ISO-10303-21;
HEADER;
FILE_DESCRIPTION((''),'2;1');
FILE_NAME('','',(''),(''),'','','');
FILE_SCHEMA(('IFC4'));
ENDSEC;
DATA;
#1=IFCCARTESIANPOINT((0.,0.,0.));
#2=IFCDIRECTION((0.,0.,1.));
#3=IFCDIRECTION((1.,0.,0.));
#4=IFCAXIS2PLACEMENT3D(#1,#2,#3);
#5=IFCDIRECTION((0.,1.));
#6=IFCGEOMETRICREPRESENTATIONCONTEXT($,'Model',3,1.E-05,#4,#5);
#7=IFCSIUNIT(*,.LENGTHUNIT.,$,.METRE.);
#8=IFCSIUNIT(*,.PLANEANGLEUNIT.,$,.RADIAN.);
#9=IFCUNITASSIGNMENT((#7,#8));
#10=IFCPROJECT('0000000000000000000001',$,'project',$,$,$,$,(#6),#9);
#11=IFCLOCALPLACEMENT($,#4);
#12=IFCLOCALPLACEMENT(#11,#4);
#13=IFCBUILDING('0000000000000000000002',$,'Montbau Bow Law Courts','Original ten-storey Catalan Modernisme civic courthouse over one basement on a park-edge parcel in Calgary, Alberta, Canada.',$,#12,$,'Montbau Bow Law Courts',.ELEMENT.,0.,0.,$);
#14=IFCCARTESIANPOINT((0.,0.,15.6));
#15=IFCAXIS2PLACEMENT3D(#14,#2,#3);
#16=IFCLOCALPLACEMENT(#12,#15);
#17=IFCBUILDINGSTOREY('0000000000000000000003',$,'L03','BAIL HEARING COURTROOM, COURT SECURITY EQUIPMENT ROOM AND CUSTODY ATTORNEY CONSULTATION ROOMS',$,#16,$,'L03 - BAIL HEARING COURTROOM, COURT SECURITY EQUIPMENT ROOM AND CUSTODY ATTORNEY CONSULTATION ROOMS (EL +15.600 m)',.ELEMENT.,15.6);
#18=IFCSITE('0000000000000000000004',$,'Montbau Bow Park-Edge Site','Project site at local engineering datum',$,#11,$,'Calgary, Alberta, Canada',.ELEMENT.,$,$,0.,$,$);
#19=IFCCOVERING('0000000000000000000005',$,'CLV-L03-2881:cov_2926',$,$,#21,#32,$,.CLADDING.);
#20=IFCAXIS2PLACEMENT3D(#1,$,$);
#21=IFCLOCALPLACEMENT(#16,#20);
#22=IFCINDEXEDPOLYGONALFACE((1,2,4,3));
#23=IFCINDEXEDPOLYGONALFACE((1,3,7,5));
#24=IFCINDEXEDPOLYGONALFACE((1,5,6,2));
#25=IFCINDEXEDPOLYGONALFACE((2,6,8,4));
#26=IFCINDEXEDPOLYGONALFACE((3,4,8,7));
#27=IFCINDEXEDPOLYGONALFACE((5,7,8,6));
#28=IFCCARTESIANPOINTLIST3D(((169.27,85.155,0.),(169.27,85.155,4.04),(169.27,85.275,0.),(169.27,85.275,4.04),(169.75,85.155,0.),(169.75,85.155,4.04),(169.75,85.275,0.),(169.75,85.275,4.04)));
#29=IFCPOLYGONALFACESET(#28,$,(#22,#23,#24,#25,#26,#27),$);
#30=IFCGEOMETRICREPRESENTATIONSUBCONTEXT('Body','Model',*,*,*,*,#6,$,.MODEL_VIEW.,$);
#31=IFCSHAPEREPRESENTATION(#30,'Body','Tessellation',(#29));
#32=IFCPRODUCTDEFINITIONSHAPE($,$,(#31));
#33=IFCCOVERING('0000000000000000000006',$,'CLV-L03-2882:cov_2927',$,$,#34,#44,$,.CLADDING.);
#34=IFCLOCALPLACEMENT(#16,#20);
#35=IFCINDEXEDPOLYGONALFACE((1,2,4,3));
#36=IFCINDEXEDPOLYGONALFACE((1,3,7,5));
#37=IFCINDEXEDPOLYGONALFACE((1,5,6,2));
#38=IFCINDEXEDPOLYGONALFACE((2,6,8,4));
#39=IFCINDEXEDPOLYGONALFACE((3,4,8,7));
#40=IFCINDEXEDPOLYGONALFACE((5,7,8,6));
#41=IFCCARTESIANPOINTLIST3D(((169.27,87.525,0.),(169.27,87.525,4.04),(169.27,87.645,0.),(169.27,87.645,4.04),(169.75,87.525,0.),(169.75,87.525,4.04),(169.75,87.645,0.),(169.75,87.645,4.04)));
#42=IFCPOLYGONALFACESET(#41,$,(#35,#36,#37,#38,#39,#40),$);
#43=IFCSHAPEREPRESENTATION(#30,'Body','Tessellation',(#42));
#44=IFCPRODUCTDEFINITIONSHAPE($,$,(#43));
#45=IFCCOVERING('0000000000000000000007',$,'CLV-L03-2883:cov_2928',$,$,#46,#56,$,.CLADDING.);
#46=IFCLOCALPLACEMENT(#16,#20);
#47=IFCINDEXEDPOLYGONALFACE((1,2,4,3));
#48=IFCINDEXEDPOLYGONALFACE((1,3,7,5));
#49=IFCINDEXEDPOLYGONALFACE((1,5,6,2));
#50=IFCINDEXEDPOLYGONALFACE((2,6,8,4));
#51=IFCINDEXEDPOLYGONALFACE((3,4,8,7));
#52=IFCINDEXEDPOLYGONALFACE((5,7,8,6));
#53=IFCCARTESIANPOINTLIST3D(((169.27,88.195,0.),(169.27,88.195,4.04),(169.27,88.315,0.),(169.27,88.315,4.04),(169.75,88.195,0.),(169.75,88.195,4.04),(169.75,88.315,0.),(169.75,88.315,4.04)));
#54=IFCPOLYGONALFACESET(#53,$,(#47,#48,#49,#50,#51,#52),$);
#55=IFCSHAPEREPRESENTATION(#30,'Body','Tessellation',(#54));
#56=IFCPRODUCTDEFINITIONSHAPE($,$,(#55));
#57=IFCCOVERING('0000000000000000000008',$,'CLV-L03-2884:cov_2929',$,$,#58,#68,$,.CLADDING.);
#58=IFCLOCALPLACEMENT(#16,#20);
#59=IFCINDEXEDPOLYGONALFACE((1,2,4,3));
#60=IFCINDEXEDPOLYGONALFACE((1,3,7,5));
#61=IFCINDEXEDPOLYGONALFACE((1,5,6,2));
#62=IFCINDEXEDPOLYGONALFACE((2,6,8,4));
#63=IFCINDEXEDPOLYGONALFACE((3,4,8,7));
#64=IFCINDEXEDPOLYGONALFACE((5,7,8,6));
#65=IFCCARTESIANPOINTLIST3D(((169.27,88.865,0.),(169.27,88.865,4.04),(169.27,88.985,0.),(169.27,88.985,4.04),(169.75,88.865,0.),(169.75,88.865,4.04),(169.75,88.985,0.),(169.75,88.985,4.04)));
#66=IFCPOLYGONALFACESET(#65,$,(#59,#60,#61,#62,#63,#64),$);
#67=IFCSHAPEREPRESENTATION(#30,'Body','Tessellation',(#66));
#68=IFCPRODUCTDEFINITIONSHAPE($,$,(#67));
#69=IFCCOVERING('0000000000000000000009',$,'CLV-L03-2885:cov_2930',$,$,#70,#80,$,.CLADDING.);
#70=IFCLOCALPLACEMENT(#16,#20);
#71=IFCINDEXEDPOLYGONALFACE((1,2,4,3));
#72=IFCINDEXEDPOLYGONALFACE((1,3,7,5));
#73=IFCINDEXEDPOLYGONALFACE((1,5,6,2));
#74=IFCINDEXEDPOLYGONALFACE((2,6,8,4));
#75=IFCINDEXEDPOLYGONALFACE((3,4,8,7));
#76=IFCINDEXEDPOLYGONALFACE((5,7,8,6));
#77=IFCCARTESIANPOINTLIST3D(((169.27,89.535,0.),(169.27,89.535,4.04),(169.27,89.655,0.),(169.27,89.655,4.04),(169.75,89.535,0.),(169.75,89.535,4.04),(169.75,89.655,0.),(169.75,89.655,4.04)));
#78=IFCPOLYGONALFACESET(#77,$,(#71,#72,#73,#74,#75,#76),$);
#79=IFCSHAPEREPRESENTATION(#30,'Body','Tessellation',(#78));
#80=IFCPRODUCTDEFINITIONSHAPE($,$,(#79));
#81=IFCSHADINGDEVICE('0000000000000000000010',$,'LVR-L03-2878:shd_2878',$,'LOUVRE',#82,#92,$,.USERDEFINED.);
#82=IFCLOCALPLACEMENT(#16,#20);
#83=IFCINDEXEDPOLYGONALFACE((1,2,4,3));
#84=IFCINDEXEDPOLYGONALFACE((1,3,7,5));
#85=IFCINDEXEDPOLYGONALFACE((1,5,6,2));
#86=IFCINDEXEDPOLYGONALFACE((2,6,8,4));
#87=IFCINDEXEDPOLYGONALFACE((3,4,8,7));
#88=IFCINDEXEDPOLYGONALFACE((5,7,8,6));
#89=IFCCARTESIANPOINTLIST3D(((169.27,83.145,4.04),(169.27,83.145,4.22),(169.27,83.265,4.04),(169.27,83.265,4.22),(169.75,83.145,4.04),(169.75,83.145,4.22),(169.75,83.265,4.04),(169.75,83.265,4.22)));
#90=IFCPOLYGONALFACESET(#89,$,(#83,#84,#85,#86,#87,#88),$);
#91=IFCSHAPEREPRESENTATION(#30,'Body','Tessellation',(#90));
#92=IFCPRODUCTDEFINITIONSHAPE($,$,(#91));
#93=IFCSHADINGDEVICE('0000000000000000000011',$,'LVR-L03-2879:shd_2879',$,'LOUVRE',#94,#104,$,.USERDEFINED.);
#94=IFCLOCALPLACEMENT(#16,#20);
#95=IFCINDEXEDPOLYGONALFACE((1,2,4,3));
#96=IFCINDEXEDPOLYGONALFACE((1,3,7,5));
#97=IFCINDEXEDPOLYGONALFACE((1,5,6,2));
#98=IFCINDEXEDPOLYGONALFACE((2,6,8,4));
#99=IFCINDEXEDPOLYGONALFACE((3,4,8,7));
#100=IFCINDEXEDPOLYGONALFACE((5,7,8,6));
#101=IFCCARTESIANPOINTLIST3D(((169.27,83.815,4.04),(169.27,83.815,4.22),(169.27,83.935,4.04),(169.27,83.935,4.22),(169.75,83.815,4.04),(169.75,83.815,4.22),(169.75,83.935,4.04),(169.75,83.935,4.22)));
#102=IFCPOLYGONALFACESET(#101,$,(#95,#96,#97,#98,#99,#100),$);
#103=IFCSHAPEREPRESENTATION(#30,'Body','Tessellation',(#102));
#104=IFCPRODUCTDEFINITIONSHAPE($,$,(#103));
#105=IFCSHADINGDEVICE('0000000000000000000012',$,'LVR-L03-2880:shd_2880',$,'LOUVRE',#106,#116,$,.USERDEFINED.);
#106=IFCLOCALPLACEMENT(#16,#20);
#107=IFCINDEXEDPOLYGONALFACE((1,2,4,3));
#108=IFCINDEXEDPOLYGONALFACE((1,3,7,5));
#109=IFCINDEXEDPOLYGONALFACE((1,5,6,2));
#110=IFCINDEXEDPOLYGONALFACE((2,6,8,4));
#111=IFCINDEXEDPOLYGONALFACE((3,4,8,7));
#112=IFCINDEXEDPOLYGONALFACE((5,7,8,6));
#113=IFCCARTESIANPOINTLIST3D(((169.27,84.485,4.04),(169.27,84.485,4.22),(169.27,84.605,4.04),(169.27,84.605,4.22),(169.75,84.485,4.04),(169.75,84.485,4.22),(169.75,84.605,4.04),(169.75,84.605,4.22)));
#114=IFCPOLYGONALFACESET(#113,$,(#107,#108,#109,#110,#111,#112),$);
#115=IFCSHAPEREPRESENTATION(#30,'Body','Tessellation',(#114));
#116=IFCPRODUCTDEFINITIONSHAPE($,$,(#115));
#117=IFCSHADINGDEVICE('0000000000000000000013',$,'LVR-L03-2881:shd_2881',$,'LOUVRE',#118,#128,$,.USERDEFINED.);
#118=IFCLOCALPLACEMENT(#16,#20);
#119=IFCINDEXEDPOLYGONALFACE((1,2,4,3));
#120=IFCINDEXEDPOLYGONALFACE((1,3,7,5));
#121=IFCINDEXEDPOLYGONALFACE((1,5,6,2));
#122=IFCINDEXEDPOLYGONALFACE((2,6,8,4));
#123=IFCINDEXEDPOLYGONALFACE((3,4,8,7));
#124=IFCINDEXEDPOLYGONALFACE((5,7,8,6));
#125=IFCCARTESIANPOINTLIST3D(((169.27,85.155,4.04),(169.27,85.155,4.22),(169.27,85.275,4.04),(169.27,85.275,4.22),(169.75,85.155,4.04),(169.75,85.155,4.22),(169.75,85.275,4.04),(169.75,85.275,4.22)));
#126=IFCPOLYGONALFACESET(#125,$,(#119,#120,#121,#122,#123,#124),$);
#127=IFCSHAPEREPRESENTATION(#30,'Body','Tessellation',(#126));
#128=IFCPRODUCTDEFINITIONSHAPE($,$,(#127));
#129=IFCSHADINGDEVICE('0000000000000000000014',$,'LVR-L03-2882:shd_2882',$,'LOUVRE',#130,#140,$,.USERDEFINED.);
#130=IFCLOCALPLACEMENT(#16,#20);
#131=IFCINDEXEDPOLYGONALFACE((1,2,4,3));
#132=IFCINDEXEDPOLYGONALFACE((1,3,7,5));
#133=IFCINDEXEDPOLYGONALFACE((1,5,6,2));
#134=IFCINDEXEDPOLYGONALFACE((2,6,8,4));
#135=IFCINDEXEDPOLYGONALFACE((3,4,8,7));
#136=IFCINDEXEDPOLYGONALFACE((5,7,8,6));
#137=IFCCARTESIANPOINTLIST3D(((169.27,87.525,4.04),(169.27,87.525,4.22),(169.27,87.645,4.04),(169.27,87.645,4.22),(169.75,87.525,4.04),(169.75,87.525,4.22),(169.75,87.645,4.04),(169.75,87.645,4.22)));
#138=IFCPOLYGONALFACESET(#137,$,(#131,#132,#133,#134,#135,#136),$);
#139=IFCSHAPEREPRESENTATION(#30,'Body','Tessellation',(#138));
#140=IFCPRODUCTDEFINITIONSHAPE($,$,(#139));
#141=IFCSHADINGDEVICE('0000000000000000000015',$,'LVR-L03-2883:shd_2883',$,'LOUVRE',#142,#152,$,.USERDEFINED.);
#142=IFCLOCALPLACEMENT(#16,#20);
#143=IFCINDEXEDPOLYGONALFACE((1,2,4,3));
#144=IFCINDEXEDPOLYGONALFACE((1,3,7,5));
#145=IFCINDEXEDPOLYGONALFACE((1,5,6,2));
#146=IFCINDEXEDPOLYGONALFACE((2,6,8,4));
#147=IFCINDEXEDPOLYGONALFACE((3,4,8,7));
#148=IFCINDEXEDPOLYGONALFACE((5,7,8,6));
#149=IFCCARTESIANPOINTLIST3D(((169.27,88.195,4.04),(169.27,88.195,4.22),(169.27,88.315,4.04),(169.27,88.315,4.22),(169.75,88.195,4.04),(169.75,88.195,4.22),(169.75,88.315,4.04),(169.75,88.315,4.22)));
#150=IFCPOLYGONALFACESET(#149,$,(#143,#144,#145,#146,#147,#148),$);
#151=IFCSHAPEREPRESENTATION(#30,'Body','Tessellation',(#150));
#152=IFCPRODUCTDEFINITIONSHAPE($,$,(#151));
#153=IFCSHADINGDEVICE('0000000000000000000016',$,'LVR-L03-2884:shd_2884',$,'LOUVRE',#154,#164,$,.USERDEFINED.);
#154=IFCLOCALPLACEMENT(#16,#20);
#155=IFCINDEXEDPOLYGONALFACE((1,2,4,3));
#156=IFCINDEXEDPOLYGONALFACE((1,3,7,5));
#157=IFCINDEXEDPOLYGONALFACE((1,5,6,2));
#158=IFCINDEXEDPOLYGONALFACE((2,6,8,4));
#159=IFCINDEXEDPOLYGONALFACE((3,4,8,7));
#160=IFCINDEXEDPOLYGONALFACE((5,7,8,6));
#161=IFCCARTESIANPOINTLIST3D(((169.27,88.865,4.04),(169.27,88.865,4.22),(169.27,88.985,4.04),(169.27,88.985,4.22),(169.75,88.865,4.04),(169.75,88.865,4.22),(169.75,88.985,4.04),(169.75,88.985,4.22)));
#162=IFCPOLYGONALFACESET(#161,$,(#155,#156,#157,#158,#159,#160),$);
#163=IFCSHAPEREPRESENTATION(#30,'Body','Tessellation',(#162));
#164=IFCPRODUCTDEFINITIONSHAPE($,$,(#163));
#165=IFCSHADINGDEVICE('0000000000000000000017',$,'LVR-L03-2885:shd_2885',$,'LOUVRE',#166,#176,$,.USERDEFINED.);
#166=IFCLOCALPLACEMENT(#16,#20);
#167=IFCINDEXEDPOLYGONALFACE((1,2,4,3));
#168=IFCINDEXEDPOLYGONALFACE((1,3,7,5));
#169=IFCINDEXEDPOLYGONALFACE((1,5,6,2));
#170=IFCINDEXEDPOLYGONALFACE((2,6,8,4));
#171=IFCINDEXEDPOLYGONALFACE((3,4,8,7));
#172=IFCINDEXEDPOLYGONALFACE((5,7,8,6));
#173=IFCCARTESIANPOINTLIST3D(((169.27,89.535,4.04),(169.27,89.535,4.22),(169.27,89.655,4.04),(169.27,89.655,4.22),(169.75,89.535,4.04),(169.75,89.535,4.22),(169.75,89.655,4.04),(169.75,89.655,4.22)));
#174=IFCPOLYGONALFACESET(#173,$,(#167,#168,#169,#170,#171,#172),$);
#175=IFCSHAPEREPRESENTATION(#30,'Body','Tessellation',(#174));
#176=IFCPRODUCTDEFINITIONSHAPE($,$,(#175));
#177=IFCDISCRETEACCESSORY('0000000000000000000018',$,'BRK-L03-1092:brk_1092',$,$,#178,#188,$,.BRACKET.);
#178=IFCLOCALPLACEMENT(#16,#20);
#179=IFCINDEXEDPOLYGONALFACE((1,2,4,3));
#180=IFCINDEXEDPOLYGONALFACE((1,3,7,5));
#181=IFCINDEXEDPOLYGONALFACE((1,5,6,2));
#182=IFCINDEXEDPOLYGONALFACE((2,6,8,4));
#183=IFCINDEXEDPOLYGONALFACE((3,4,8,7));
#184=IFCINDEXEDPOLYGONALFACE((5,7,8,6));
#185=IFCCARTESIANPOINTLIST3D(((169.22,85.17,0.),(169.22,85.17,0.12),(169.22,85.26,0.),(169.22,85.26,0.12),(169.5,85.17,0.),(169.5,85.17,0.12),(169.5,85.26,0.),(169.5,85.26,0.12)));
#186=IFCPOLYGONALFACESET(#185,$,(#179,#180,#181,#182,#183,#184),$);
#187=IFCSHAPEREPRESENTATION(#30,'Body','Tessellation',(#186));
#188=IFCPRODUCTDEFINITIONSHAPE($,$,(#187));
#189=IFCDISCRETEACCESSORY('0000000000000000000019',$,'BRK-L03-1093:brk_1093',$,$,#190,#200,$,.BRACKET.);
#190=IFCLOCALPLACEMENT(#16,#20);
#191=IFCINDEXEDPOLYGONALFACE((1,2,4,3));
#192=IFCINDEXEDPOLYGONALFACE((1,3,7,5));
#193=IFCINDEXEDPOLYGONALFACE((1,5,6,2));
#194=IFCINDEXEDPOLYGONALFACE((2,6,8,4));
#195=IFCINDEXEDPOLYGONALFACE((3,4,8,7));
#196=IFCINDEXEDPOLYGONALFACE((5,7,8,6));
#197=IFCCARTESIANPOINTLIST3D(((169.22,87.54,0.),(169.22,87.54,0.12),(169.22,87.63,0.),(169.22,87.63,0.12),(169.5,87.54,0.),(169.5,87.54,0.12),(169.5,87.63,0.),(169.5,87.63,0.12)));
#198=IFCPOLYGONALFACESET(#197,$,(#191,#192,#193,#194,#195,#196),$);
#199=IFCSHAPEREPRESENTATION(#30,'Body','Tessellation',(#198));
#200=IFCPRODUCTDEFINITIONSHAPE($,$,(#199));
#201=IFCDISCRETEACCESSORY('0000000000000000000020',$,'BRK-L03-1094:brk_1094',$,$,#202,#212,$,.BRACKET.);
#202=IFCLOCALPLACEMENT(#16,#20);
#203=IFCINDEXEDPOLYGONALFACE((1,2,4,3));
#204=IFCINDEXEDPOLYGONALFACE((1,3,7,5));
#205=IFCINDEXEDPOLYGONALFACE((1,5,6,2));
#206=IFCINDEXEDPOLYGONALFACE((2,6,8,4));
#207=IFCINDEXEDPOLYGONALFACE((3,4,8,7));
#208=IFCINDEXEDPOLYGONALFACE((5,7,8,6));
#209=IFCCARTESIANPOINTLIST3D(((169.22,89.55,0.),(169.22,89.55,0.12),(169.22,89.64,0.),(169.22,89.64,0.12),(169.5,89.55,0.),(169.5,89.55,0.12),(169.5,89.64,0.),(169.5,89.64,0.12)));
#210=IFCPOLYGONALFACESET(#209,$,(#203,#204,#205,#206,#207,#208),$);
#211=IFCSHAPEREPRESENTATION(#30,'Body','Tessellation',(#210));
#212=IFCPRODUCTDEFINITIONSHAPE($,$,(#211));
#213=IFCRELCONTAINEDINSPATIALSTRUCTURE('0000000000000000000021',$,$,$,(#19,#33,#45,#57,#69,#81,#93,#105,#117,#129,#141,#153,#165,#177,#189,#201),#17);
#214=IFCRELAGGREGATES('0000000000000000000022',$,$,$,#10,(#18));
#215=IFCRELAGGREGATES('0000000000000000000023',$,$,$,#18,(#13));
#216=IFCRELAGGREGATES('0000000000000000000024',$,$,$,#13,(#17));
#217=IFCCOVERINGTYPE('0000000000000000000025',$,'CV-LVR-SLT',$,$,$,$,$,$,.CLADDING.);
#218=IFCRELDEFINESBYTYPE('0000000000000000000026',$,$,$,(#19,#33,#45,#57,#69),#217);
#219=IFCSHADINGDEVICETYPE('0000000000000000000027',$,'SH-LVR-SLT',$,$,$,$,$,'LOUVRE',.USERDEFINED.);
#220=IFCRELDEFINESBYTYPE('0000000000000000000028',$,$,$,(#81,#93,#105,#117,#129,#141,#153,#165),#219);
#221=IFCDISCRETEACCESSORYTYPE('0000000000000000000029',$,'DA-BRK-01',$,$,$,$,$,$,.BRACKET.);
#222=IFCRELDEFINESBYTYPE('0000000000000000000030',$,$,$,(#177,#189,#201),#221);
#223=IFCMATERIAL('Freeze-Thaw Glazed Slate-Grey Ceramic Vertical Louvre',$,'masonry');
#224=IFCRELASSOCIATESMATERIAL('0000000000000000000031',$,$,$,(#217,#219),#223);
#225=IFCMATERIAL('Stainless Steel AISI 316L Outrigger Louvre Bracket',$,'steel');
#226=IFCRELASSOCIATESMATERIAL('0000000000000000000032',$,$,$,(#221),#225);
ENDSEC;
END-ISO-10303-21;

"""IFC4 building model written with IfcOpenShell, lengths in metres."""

from ifc_helpers import new_model, si_unit, direction, frame, frame_2d, origin_with_axes, origin_2d_with_axis, place, context, subcontext, project, spatial, rectangle, extrude, material, type_object, element, save


model = new_model("IFC4")

# Units and contexts
model_context = context("Model", 3, precision=1e-05, world=origin_with_axes(), true_north=direction((0.0, 1.0)))
body_context = subcontext(model_context, "Body", "Model", "MODEL_VIEW")
ifc_project = project(units=[si_unit("LENGTHUNIT", "METRE"), si_unit("PLANEANGLEUNIT", "RADIAN")], contexts=[model_context])

# Site, building, storey
site_placement = place(None, origin_with_axes())
site = spatial("IfcSite", under=ifc_project, at=site_placement, Name="Montbau Bow Park-Edge Site", Description="Project site at local engineering datum", LongName="Calgary, Alberta, Canada", CompositionType="ELEMENT", RefElevation=0.0)
building_placement = place(site_placement, origin_with_axes())
building = spatial("IfcBuilding", under=site, at=building_placement, Name="Montbau Bow Law Courts", Description="Original ten-storey Catalan Modernisme civic courthouse over one basement on a park-edge parcel in Calgary, Alberta, Canada.", LongName="Montbau Bow Law Courts", CompositionType="ELEMENT", ElevationOfRefHeight=0.0, ElevationOfTerrain=0.0)
storey_placement = place(building_placement, frame((0.0, 0.0, 15.6), z_axis=(0.0, 0.0, 1.0), x_axis=(1.0, 0.0, 0.0)))
storey = spatial("IfcBuildingStorey", under=building, at=storey_placement, Name="L03", Description="BAIL HEARING COURTROOM, COURT SECURITY EQUIPMENT ROOM AND CUSTODY ATTORNEY CONSULTATION ROOMS", LongName="L03 - BAIL HEARING COURTROOM, COURT SECURITY EQUIPMENT ROOM AND CUSTODY ATTORNEY CONSULTATION ROOMS (EL +15.600 m)", CompositionType="ELEMENT", Elevation=15.6)

# Coverings
ifc_material_1 = material(Name="Freeze-Thaw Glazed Slate-Grey Ceramic Vertical Louvre", Category="masonry")
covering_type = type_object("IfcCoveringType", Name="CV-LVR-SLT", PredefinedType="CLADDING", material=ifc_material_1)
for number, where, z_axis, x_axis, name in (
    (1, (169.27, 85.215, 15.6), (0.0, -1.0, 0.0), (1.0, 0.0, 0.0), "CLV-L03-2881:cov_2926"),
    (2, (169.27, 87.585, 15.6), (0.0, -1.0, 0.0), (1.0, 0.0, 0.0), "CLV-L03-2882:cov_2927"),
    (3, (169.27, 88.255, 15.6), (0.0, -1.0, 0.0), (1.0, 0.0, 0.0), "CLV-L03-2883:cov_2928"),
    (4, (169.27, 88.925, 15.6), (0.0, -1.0, 0.0), (1.0, 0.0, 0.0), "CLV-L03-2884:cov_2929"),
    (5, (169.27, 89.595, 15.6), (0.0, -1.0, 0.0), (1.0, 0.0, 0.0), "CLV-L03-2885:cov_2930"),
):
    element("IfcCovering", number, at=place(None, frame(where, z_axis=z_axis, x_axis=x_axis)), inside=storey, type_object=covering_type, Name=name, PredefinedType="CLADDING", context=body_context, shape_type="SweptSolid", body=[
        extrude(rectangle(XDim=0.48, YDim=4.04, at=frame_2d((0.24, 2.02), x_axis=(1.0, 0.0))), frame((0.0, 0.0, -0.06), z_axis=(0.0, 0.0, 1.0), x_axis=(1.0, 0.0, 0.0)), (0.0, 0.0, 1.0), 0.12),
    ])

# Shading devices
shading_device_type = type_object("IfcShadingDeviceType", Name="SH-LVR-SLT", ElementType="LOUVRE", PredefinedType="USERDEFINED", material=ifc_material_1)
for number, where, z_axis, x_axis, name in (
    (6, (169.51, 83.205, 19.64), (0.0, 0.0, 1.0), (1.0, 0.0, 0.0), "LVR-L03-2878:shd_2878"),
    (7, (169.51, 83.875, 19.64), (0.0, 0.0, 1.0), (1.0, 0.0, 0.0), "LVR-L03-2879:shd_2879"),
    (8, (169.51, 84.545, 19.64), (0.0, 0.0, 1.0), (1.0, 0.0, 0.0), "LVR-L03-2880:shd_2880"),
    (9, (169.51, 85.215, 19.64), (0.0, 0.0, 1.0), (1.0, 0.0, 0.0), "LVR-L03-2881:shd_2881"),
    (10, (169.51, 87.585, 19.64), (0.0, 0.0, 1.0), (1.0, 0.0, 0.0), "LVR-L03-2882:shd_2882"),
    (11, (169.51, 88.255, 19.64), (0.0, 0.0, 1.0), (1.0, 0.0, 0.0), "LVR-L03-2883:shd_2883"),
    (12, (169.51, 88.925, 19.64), (0.0, 0.0, 1.0), (1.0, 0.0, 0.0), "LVR-L03-2884:shd_2884"),
    (13, (169.51, 89.595, 19.64), (0.0, 0.0, 1.0), (1.0, 0.0, 0.0), "LVR-L03-2885:shd_2885"),
):
    element("IfcShadingDevice", number, at=place(None, frame(where, z_axis=z_axis, x_axis=x_axis)), inside=storey, type_object=shading_device_type, Name=name, ObjectType="LOUVRE", PredefinedType="USERDEFINED", context=body_context, shape_type="SweptSolid", body=[
        extrude(rectangle(XDim=0.48, YDim=0.12, at=origin_2d_with_axis()), origin_with_axes(), (0.0, 0.0, 1.0), 0.18),
    ])

# Discrete accessories
ifc_material_2 = material(Name="Stainless Steel AISI 316L Outrigger Louvre Bracket", Category="steel")
discrete_accessory_type = type_object("IfcDiscreteAccessoryType", Name="DA-BRK-01", PredefinedType="BRACKET", material=ifc_material_2)
for number, where, z_axis, x_axis, name in (
    (14, (169.36, 85.215, 15.6), (0.0, 0.0, 1.0), (1.0, 0.0, 0.0), "BRK-L03-1092:brk_1092"),
    (15, (169.36, 87.585, 15.6), (0.0, 0.0, 1.0), (1.0, 0.0, 0.0), "BRK-L03-1093:brk_1093"),
    (16, (169.36, 89.595, 15.6), (0.0, 0.0, 1.0), (1.0, 0.0, 0.0), "BRK-L03-1094:brk_1094"),
):
    element("IfcDiscreteAccessory", number, at=place(None, frame(where, z_axis=z_axis, x_axis=x_axis)), inside=storey, type_object=discrete_accessory_type, Name=name, PredefinedType="BRACKET", context=body_context, shape_type="SweptSolid", body=[
        extrude(rectangle(XDim=0.28, YDim=0.09, at=origin_2d_with_axis()), origin_with_axes(), (0.0, 0.0, 1.0), 0.12),
    ])

save(model, "model.ifc")
